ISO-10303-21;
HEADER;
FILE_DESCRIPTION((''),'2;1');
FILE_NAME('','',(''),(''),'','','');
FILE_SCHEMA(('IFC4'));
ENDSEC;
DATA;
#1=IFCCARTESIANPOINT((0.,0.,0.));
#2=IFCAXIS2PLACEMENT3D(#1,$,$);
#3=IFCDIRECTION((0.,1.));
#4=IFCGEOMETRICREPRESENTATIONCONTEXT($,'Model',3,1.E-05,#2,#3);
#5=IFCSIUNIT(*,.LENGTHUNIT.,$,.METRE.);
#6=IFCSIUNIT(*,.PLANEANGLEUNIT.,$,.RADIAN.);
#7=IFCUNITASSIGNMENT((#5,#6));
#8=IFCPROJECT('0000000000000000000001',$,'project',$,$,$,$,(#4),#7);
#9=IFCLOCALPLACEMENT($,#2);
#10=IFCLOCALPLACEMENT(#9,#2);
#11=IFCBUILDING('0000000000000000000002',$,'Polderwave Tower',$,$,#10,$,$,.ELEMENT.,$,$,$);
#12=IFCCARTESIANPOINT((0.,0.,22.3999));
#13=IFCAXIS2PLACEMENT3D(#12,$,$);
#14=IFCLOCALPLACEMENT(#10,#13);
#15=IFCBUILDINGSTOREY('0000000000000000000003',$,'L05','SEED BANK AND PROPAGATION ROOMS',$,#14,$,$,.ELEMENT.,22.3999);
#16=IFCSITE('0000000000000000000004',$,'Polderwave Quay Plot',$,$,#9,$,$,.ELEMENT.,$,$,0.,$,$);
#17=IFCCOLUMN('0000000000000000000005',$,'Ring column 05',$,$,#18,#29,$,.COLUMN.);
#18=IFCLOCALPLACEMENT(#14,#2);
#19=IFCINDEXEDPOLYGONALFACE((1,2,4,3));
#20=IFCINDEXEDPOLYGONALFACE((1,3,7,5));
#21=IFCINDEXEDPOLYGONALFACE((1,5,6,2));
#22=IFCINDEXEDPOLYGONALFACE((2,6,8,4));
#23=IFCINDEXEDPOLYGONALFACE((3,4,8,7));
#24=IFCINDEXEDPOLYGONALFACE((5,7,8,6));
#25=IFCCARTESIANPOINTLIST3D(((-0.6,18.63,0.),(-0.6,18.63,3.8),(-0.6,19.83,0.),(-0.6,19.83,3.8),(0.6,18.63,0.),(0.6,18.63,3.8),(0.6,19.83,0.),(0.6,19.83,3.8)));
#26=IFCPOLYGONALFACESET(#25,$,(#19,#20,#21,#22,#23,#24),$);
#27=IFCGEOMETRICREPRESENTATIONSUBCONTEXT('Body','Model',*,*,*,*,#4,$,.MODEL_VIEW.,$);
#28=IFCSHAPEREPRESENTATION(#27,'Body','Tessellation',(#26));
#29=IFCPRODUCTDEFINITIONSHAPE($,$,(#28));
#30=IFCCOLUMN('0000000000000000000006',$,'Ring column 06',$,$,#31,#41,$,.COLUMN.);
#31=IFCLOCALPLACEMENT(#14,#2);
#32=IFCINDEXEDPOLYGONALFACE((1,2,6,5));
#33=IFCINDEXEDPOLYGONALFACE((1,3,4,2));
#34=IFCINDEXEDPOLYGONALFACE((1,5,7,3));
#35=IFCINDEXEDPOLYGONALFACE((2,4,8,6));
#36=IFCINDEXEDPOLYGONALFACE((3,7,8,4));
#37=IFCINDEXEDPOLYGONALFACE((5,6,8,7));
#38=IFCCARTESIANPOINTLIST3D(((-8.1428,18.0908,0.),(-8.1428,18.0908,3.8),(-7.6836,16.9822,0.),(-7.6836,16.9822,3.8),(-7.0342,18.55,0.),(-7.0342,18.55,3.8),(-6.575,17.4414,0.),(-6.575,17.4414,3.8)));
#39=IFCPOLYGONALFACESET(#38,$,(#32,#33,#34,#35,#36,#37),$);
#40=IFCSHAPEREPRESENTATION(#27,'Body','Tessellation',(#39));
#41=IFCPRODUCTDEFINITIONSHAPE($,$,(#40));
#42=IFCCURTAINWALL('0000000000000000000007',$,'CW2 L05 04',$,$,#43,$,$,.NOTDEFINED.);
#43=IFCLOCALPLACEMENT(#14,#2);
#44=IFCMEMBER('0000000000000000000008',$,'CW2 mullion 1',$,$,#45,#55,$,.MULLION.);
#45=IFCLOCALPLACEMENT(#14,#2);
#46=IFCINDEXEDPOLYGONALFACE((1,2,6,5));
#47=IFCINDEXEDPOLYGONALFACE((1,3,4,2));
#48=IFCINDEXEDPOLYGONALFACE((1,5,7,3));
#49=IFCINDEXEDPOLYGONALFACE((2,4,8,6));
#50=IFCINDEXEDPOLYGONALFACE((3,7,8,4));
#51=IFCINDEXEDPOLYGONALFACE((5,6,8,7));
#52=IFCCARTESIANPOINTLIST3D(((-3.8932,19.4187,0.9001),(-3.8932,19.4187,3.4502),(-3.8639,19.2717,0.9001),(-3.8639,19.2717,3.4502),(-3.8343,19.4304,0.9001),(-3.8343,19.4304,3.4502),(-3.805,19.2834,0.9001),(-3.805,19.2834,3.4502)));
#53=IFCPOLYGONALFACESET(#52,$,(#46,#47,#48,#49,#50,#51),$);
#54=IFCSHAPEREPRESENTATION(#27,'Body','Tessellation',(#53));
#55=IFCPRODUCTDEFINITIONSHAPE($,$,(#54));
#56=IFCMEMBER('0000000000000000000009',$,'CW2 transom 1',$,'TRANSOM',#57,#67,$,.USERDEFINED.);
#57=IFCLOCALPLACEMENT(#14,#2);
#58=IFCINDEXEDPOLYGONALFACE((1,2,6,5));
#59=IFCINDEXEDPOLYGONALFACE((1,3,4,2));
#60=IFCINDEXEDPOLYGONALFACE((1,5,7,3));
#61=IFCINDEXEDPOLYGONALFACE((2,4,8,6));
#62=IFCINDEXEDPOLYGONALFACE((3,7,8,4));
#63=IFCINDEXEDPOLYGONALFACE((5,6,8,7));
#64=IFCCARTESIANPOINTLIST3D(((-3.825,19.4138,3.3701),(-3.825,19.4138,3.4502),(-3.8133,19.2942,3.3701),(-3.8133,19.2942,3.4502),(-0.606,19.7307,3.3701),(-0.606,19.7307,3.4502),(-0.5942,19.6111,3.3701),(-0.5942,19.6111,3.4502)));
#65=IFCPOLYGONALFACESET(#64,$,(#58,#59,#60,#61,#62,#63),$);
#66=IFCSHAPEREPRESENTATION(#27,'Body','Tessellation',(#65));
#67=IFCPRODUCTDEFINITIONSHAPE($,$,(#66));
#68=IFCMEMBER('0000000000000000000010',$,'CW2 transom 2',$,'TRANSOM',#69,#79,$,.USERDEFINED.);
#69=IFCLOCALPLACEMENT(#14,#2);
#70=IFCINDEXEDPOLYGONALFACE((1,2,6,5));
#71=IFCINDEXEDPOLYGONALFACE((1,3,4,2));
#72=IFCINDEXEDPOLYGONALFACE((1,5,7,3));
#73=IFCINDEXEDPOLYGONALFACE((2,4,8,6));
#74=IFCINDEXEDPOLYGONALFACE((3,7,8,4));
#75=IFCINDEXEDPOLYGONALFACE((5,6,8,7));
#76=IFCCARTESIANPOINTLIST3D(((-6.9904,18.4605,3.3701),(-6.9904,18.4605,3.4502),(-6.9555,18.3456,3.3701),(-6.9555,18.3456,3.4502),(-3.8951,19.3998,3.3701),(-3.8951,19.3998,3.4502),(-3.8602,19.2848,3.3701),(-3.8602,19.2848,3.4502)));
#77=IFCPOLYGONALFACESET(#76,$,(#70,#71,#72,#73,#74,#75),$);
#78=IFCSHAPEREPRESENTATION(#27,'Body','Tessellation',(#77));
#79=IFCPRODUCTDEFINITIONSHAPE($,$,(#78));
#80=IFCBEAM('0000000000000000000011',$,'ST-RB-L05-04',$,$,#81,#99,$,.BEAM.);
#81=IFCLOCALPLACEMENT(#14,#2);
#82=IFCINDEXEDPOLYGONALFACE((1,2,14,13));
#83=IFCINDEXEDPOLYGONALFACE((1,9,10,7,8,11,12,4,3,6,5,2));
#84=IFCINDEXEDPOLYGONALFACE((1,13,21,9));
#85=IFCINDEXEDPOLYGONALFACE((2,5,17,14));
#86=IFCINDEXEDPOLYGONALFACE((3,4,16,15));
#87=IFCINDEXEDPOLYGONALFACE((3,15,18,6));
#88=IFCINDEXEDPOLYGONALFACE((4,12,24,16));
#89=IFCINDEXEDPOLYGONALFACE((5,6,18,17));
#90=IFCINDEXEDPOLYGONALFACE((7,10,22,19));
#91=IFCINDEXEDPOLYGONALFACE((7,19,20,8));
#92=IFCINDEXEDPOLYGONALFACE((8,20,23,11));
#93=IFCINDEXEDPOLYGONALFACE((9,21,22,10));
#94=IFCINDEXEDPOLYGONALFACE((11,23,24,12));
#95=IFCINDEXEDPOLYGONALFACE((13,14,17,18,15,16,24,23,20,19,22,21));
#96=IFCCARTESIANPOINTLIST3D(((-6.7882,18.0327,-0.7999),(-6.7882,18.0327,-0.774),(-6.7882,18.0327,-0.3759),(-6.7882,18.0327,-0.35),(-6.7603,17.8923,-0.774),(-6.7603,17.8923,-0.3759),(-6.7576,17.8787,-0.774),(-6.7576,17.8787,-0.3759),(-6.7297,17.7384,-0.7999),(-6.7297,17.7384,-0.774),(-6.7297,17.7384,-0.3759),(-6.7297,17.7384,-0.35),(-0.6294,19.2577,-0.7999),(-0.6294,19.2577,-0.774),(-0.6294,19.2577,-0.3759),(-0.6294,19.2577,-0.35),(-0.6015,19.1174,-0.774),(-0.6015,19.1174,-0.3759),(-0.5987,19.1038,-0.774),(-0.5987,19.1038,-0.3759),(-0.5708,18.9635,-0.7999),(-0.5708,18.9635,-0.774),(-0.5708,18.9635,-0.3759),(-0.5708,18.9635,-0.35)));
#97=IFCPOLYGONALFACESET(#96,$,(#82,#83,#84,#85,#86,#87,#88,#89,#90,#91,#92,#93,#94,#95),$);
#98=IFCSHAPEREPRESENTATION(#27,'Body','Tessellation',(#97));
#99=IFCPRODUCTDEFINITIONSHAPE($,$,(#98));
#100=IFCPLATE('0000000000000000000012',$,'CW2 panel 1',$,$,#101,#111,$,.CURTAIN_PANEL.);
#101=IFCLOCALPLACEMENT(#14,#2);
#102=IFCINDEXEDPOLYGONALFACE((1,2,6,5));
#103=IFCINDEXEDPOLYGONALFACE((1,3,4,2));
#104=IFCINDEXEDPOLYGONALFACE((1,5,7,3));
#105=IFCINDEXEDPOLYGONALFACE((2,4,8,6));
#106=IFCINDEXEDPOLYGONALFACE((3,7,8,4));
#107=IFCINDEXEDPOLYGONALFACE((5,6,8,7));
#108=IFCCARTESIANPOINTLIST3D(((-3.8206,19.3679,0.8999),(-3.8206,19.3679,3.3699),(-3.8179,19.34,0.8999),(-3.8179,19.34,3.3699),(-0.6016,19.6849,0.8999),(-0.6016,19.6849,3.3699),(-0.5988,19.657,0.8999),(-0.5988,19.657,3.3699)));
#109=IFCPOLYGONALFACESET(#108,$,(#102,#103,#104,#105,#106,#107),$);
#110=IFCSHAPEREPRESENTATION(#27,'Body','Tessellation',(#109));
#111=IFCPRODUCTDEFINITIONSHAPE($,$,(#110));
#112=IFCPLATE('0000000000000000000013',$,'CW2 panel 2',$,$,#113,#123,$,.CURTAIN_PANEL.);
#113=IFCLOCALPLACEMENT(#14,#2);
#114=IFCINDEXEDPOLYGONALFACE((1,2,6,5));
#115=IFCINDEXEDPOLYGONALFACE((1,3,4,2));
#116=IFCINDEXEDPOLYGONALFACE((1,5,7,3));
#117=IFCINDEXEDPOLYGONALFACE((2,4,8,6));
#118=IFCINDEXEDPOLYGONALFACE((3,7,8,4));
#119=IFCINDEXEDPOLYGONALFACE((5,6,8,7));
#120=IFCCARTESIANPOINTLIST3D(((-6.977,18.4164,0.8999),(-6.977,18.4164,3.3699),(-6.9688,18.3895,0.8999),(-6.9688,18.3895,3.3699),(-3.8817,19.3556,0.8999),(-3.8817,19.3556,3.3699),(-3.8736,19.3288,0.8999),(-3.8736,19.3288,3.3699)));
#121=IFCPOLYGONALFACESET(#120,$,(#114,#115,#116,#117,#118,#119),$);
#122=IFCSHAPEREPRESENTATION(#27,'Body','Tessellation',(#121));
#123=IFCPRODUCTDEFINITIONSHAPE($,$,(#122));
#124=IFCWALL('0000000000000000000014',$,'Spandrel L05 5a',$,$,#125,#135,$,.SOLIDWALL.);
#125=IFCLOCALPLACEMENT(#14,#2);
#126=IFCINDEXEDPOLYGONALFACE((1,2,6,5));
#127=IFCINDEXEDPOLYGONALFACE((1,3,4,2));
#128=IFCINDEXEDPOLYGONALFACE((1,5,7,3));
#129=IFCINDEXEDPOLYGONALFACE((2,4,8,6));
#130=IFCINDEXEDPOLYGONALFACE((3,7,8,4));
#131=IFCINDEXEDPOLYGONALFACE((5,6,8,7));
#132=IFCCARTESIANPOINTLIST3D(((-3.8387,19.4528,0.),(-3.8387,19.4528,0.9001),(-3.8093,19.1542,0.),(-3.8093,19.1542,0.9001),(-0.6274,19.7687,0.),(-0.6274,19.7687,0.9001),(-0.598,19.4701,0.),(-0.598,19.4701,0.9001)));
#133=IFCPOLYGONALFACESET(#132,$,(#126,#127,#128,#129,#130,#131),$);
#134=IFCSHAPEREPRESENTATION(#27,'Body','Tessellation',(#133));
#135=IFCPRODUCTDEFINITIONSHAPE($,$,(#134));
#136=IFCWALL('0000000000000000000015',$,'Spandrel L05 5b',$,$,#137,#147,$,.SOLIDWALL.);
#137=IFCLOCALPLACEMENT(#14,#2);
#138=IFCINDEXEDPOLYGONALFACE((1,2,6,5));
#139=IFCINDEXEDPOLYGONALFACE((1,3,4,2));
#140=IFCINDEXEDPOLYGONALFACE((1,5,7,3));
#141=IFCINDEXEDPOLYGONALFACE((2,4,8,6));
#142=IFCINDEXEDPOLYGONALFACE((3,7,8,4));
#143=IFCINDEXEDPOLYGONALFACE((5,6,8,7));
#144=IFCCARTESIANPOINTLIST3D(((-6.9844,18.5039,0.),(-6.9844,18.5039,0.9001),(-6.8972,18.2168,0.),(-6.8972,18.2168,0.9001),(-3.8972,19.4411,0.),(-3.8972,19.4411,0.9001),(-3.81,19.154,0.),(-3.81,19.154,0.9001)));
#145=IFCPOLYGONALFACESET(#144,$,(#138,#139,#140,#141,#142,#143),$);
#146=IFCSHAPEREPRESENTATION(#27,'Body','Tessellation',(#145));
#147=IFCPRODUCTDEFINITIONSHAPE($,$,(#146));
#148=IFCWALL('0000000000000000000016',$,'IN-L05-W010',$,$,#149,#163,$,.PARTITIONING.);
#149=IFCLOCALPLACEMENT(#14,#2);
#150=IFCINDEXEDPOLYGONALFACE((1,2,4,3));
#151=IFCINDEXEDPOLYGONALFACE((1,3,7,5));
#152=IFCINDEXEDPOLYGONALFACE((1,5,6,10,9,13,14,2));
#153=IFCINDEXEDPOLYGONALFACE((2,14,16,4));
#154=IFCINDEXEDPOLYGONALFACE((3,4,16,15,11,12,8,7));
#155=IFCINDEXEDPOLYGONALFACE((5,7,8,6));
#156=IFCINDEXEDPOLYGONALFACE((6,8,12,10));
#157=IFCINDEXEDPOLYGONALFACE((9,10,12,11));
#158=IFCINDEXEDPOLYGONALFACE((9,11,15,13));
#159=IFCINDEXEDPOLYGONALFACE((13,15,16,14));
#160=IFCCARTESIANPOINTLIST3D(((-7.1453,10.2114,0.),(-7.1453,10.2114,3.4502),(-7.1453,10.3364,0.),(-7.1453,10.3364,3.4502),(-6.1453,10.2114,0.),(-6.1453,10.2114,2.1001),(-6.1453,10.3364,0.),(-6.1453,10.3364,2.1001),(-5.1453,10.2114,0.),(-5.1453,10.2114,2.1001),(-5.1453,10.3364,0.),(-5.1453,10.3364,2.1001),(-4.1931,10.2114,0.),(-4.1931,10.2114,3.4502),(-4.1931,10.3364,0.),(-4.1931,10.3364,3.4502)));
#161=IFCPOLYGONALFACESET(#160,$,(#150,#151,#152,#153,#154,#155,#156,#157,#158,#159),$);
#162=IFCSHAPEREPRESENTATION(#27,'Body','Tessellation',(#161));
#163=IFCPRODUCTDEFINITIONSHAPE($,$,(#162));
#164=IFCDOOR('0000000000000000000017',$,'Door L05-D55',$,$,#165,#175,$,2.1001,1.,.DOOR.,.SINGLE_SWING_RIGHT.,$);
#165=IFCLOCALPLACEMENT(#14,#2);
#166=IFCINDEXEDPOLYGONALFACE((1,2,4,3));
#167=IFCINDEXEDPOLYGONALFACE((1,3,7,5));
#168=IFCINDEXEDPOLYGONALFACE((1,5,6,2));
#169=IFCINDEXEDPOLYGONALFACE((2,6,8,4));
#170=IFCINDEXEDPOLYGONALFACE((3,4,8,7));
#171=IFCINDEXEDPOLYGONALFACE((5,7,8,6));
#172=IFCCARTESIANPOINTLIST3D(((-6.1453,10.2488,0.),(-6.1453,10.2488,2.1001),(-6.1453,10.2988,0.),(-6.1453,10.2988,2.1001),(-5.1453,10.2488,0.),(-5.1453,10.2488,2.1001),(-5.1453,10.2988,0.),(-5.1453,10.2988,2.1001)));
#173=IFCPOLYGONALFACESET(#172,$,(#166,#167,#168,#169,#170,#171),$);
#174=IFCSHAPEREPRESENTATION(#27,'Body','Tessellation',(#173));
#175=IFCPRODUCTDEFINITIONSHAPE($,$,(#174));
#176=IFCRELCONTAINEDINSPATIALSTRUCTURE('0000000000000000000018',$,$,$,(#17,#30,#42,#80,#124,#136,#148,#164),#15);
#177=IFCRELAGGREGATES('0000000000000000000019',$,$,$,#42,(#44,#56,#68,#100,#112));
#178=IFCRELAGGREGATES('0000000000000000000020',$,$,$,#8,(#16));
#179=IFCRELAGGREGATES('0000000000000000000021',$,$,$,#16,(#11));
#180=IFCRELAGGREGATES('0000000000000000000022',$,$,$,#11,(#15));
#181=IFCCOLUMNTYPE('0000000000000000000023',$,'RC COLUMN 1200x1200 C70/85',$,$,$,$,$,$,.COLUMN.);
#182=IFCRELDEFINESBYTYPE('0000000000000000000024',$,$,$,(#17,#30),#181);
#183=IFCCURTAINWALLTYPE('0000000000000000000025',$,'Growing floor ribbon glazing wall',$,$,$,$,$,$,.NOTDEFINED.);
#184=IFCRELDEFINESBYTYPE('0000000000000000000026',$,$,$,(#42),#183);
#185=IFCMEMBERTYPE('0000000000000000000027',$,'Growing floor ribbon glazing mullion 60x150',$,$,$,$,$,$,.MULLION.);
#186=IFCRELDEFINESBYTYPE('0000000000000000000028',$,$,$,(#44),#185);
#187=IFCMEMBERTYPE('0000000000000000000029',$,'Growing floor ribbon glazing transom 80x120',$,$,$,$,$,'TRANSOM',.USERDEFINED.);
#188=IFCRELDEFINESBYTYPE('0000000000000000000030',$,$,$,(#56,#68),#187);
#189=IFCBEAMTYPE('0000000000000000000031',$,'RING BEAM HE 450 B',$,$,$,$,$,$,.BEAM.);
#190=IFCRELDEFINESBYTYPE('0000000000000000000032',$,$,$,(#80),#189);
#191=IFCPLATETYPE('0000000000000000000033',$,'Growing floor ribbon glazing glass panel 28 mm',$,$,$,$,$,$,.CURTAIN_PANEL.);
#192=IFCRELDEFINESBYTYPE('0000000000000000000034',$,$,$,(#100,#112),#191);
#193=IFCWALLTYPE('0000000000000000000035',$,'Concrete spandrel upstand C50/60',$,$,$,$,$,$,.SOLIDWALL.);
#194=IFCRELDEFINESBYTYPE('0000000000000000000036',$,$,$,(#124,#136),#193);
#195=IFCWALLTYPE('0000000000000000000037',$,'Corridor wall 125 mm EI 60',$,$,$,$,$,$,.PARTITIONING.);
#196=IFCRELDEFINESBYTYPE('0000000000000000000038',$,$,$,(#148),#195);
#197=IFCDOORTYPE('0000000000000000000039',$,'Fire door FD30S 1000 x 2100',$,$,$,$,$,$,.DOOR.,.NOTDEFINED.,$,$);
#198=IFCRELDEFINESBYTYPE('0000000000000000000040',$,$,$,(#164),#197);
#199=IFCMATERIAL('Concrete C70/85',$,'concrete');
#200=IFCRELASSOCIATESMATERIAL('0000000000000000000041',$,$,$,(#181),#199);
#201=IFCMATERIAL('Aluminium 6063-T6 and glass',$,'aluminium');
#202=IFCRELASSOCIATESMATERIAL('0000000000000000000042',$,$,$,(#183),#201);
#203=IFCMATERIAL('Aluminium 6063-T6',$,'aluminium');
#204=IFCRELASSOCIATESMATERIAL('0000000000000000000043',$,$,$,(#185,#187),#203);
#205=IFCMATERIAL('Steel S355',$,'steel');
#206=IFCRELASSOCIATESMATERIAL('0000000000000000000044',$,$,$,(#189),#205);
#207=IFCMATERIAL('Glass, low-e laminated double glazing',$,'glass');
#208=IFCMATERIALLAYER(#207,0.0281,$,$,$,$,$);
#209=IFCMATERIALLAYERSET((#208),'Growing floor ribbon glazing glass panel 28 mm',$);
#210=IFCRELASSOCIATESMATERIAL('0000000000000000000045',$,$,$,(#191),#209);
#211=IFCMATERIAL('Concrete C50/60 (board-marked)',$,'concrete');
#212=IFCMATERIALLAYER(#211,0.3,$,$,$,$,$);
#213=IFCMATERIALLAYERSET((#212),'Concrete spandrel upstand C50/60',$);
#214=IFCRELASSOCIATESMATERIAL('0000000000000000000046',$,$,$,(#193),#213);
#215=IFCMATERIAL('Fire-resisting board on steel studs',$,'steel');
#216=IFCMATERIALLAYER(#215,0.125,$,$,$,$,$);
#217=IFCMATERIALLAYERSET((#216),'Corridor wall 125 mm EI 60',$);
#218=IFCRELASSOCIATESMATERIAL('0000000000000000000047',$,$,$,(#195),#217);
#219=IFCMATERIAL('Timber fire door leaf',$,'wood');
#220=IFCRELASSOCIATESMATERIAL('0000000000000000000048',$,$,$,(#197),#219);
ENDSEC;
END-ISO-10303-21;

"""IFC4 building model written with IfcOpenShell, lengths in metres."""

from ifc_helpers import new_model, si_unit, direction, frame, frame_2d, origin, origin_2d, place, context, subcontext, project, spatial, rectangle, i_section, extrude, material, layer, layer_set, material_profile, profile_set, type_object, element, fill, aggregate, save


model = new_model("IFC4")

# Units and contexts
model_context = context("Model", 3, precision=1e-05, world=origin(), true_north=direction((0.0, 1.0)))
body_context = subcontext(model_context, "Body", "Model", "MODEL_VIEW")
ifc_project = project(units=[si_unit("LENGTHUNIT", "METRE"), si_unit("PLANEANGLEUNIT", "RADIAN")], contexts=[model_context])

# Site, building, storey
site_placement = place(None, origin())
site = spatial("IfcSite", under=ifc_project, at=site_placement, Name="Polderwave Quay Plot", CompositionType="ELEMENT", RefElevation=0.0)
building_placement = place(site_placement, origin())
building = spatial("IfcBuilding", under=site, at=building_placement, Name="Polderwave Tower", CompositionType="ELEMENT")
storey_placement = place(building_placement, frame((0.0, 0.0, 22.3999)))
storey = spatial("IfcBuildingStorey", under=building, at=storey_placement, Name="L05", Description="SEED BANK AND PROPAGATION ROOMS", CompositionType="ELEMENT", Elevation=22.3999)

# Columns
ifc_material_1 = material(Name="Concrete C70/85", Category="concrete")
ifc_material_profile_1 = material_profile(ifc_material_1, rectangle(XDim=1.2, YDim=1.2, at=origin_2d()), Name="RC 1200x1200")
ifc_profile_set_1 = profile_set([ifc_material_profile_1], Name="Concrete C70/85")
column_type = type_object("IfcColumnType", Name="RC COLUMN 1200x1200 C70/85", PredefinedType="COLUMN", material=ifc_profile_set_1)
for number, where, z_axis, x_axis, name in (
    (1, (0.0, 19.23, 0.0), (0.0, 0.0, 1.0), (0.0, 1.0, 0.0), "Ring column 05"),
    (2, (-7.3589, 17.7661, 0.0), (0.0, 0.0, 1.0), (-0.382683, 0.92388, 0.0), "Ring column 06"),
):
    element("IfcColumn", number, at=place(storey_placement, frame(where, z_axis=z_axis, x_axis=x_axis)), inside=storey, type_object=column_type, Name=name, PredefinedType="COLUMN", context=body_context, shape_type="SweptSolid", body=[
        extrude(rectangle(XDim=1.2, YDim=1.2, at=origin_2d()), origin(), (0.0, 0.0, 1.0), 3.8),
    ])

# Curtain wall, members
ifc_material_2 = material(Name="Aluminium 6063-T6 and glass", Category="aluminium")
curtain_wall_type = type_object("IfcCurtainWallType", Name="Growing floor ribbon glazing wall", PredefinedType="NOTDEFINED", material=ifc_material_2)
curtain_wall_placement = place(storey_placement, origin())
curtain_wall = element("IfcCurtainWall", 3, at=curtain_wall_placement, inside=storey, type_object=curtain_wall_type, Name="CW2 L05 04", PredefinedType="NOTDEFINED")
ifc_material_3 = material(Name="Aluminium 6063-T6", Category="aluminium")
ifc_material_profile_2 = material_profile(ifc_material_3, rectangle(XDim=0.1499, YDim=0.0601, at=origin_2d()), Name="AL 60x150")
ifc_profile_set_2 = profile_set([ifc_material_profile_2], Name="Aluminium 6063-T6")
member_type_1 = type_object("IfcMemberType", Name="Growing floor ribbon glazing mullion 60x150", PredefinedType="MULLION", material=ifc_profile_set_2)
member_1_placement = place(storey_placement, frame((-3.8491, 19.3511, 0.9001), z_axis=(0.0, 0.0, 1.0), x_axis=(0.19514, -0.980775, 0.0)))
member_1 = element("IfcMember", 4, at=member_1_placement, type_object=member_type_1, Name="CW2 mullion 1", PredefinedType="MULLION", context=body_context, shape_type="SweptSolid", body=[
    extrude(rectangle(XDim=0.1499, YDim=0.0601, at=origin_2d()), origin(), (0.0, 0.0, 1.0), 2.55),
])
ifc_material_profile_3 = material_profile(ifc_material_3, rectangle(XDim=0.1201, YDim=0.0801, at=origin_2d()), Name="AL 80x120")
ifc_profile_set_3 = profile_set([ifc_material_profile_3], Name="Aluminium 6063-T6")
member_type_2 = type_object("IfcMemberType", Name="Growing floor ribbon glazing transom 80x120", ElementType="TRANSOM", PredefinedType="USERDEFINED", material=ifc_profile_set_3)
member_2_placement = place(storey_placement, frame((-0.6001, 19.6709, 3.4102), z_axis=(-0.995189, -0.097972, 0.0), x_axis=(0.097972, -0.995189, 0.0)))
member_2 = element("IfcMember", 5, at=member_2_placement, type_object=member_type_2, Name="CW2 transom 1", ObjectType="TRANSOM", PredefinedType="USERDEFINED", context=body_context, shape_type="SweptSolid", body=[
    extrude(rectangle(XDim=0.1201, YDim=0.0801, at=origin_2d()), origin(), (0.0, 0.0, 1.0), 3.2346),
])
member_3_placement = place(storey_placement, frame((-3.8777, 19.3423, 3.4102), z_axis=(-0.956916, -0.290366, 0.0), x_axis=(0.290366, -0.956916, 0.0)))
member_3 = element("IfcMember", 6, at=member_3_placement, type_object=member_type_2, Name="CW2 transom 2", ObjectType="TRANSOM", PredefinedType="USERDEFINED", context=body_context, shape_type="SweptSolid", body=[
    extrude(rectangle(XDim=0.1201, YDim=0.0801, at=origin_2d()), origin(), (0.0, 0.0, 1.0), 3.2346),
])

# Beam
ifc_material_4 = material(Name="Steel S355", Category="steel")
ifc_material_profile_4 = material_profile(ifc_material_4, i_section(OverallWidth=0.3, OverallDepth=0.45, WebThickness=0.0139, FlangeThickness=0.0259, at=origin_2d()), Name="HE 450 B")
ifc_profile_set_4 = profile_set([ifc_material_profile_4], Name="Steel S355")
beam_type = type_object("IfcBeamType", Name="RING BEAM HE 450 B", PredefinedType="BEAM", material=ifc_profile_set_4)
beam_placement = place(storey_placement, frame((-0.6001, 19.1106, -0.575), z_axis=(-0.980785, -0.195092, 0.0), x_axis=(0.195092, -0.980785, 0.0)))
element("IfcBeam", 7, at=beam_placement, inside=storey, type_object=beam_type, Name="ST-RB-L05-04", PredefinedType="BEAM", context=body_context, shape_type="SweptSolid", body=[
    extrude(i_section(OverallWidth=0.3, OverallDepth=0.45, WebThickness=0.0139, FlangeThickness=0.0259, at=origin_2d()), origin(), (0.0, 0.0, 1.0), 6.2795),
])

# Plates
ifc_material_5 = material(Name="Glass, low-e laminated double glazing", Category="glass")
ifc_layer_1 = layer(ifc_material_5, 0.0281)
ifc_layer_set_1 = layer_set([ifc_layer_1], Name="Growing floor ribbon glazing glass panel 28 mm")
plate_type = type_object("IfcPlateType", Name="Growing floor ribbon glazing glass panel 28 mm", PredefinedType="CURTAIN_PANEL", material=ifc_layer_set_1)
plate_1_placement = place(storey_placement, frame((-2.2097, 19.5125, 0.8999), z_axis=(0.0, 0.0, 1.0), x_axis=(-0.995185, -0.098017, 0.0)))
plate_1 = element("IfcPlate", 8, at=plate_1_placement, type_object=plate_type, Name="CW2 panel 1", PredefinedType="CURTAIN_PANEL", context=body_context, shape_type="SweptSolid", body=[
    extrude(rectangle(XDim=3.2346, YDim=0.0281, at=origin_2d()), origin(), (0.0, 0.0, 1.0), 2.47),
])
plate_2_placement = place(storey_placement, frame((-5.4253, 18.8726, 0.8999), z_axis=(0.0, 0.0, 1.0), x_axis=(-0.956911, -0.290382, 0.0)))
plate_2 = element("IfcPlate", 9, at=plate_2_placement, type_object=plate_type, Name="CW2 panel 2", PredefinedType="CURTAIN_PANEL", context=body_context, shape_type="SweptSolid", body=[
    extrude(rectangle(XDim=3.2346, YDim=0.0281, at=origin_2d()), origin(), (0.0, 0.0, 1.0), 2.47),
])
aggregate(curtain_wall, [member_1, member_2, member_3, plate_1, plate_2])

# Walls
ifc_material_6 = material(Name="Concrete C50/60 (board-marked)", Category="concrete")
ifc_layer_2 = layer(ifc_material_6, 0.3)
ifc_layer_set_2 = layer_set([ifc_layer_2], Name="Concrete spandrel upstand C50/60")
wall_type_1 = type_object("IfcWallType", Name="Concrete spandrel upstand C50/60", PredefinedType="SOLIDWALL", material=ifc_layer_set_2)
wall_1_placement = place(storey_placement, frame((-0.6128, 19.6194, 0.0), z_axis=(0.0, 0.0, 1.0), x_axis=(-0.995196, -0.097901, 0.0)))
element("IfcWall", 10, at=wall_1_placement, inside=storey, type_object=wall_type_1, Name="Spandrel L05 5a", PredefinedType="SOLIDWALL", context=body_context, shape_type="SweptSolid", body=[
    extrude(rectangle(XDim=3.2268, YDim=0.3, at=frame_2d((1.6133, 0.0))), origin(), (0.0, 0.0, 1.0), 0.9001),
])
wall_2_placement = place(storey_placement, frame((-3.8535, 19.2976, 0.0), z_axis=(0.0, 0.0, 1.0), x_axis=(-0.956873, -0.290505, 0.0)))
element("IfcWall", 11, at=wall_2_placement, inside=storey, type_object=wall_type_1, Name="Spandrel L05 5b", PredefinedType="SOLIDWALL", context=body_context, shape_type="SweptSolid", body=[
    extrude(rectangle(XDim=3.2263, YDim=0.3, at=frame_2d((1.6133, 0.0))), origin(), (0.0, 0.0, 1.0), 0.9001),
])

# Wall, opening, door
ifc_material_7 = material(Name="Fire-resisting board on steel studs", Category="steel")
ifc_layer_3 = layer(ifc_material_7, 0.125)
ifc_layer_set_3 = layer_set([ifc_layer_3], Name="Corridor wall 125 mm EI 60")
wall_type_2 = type_object("IfcWallType", Name="Corridor wall 125 mm EI 60", PredefinedType="PARTITIONING", material=ifc_layer_set_3)
wall_3_placement = place(storey_placement, frame((-7.1453, 10.2739, 0.0), z_axis=(0.0, 0.0, 1.0), x_axis=(1.0, 0.0, 0.0)))
wall_3 = element("IfcWall", 12, at=wall_3_placement, inside=storey, type_object=wall_type_2, Name="IN-L05-W010", PredefinedType="PARTITIONING", context=body_context, shape_type="SweptSolid", body=[
    extrude(rectangle(XDim=2.9521, YDim=0.125, at=frame_2d((1.4761, 0.0))), origin(), (0.0, 0.0, 1.0), 3.4502),
])
opening_1_placement = place(wall_3_placement, frame((1.0, 0.0, 0.0)))
opening_1 = element("IfcOpeningElement", 13, at=opening_1_placement, cuts=wall_3, PredefinedType="OPENING", context=body_context, shape_type="SweptSolid", body=[
    extrude(rectangle(XDim=1.0, YDim=2.1001, at=frame_2d((0.5, 1.05))), frame((0.0, 0.0725, 0.0), z_axis=(0.0, -1.0, 0.0), x_axis=(1.0, 0.0, 0.0)), (0.0, 0.0, 1.0), 0.145),
])
ifc_material_8 = material(Name="Timber fire door leaf", Category="wood")
door_type = type_object("IfcDoorType", Name="Fire door FD30S 1000 x 2100", OperationType="NOTDEFINED", PredefinedType="DOOR", material=ifc_material_8)
door_1_placement = place(opening_1_placement, origin())
door_1 = element("IfcDoor", 14, at=door_1_placement, inside=storey, type_object=door_type, Name="Door L05-D55", OperationType="SINGLE_SWING_RIGHT", OverallHeight=2.1001, OverallWidth=1.0, PredefinedType="DOOR", context=body_context, shape_type="SweptSolid", body=[
    extrude(rectangle(XDim=1.0, YDim=2.1001, at=frame_2d((0.5, 1.05))), frame((0.0, 0.0249, 0.0), z_axis=(0.0, -1.0, 0.0), x_axis=(1.0, 0.0, 0.0)), (0.0, 0.0, 1.0), 0.05),
])
fill(opening_1, door_1)

save(model, "model.ifc")
